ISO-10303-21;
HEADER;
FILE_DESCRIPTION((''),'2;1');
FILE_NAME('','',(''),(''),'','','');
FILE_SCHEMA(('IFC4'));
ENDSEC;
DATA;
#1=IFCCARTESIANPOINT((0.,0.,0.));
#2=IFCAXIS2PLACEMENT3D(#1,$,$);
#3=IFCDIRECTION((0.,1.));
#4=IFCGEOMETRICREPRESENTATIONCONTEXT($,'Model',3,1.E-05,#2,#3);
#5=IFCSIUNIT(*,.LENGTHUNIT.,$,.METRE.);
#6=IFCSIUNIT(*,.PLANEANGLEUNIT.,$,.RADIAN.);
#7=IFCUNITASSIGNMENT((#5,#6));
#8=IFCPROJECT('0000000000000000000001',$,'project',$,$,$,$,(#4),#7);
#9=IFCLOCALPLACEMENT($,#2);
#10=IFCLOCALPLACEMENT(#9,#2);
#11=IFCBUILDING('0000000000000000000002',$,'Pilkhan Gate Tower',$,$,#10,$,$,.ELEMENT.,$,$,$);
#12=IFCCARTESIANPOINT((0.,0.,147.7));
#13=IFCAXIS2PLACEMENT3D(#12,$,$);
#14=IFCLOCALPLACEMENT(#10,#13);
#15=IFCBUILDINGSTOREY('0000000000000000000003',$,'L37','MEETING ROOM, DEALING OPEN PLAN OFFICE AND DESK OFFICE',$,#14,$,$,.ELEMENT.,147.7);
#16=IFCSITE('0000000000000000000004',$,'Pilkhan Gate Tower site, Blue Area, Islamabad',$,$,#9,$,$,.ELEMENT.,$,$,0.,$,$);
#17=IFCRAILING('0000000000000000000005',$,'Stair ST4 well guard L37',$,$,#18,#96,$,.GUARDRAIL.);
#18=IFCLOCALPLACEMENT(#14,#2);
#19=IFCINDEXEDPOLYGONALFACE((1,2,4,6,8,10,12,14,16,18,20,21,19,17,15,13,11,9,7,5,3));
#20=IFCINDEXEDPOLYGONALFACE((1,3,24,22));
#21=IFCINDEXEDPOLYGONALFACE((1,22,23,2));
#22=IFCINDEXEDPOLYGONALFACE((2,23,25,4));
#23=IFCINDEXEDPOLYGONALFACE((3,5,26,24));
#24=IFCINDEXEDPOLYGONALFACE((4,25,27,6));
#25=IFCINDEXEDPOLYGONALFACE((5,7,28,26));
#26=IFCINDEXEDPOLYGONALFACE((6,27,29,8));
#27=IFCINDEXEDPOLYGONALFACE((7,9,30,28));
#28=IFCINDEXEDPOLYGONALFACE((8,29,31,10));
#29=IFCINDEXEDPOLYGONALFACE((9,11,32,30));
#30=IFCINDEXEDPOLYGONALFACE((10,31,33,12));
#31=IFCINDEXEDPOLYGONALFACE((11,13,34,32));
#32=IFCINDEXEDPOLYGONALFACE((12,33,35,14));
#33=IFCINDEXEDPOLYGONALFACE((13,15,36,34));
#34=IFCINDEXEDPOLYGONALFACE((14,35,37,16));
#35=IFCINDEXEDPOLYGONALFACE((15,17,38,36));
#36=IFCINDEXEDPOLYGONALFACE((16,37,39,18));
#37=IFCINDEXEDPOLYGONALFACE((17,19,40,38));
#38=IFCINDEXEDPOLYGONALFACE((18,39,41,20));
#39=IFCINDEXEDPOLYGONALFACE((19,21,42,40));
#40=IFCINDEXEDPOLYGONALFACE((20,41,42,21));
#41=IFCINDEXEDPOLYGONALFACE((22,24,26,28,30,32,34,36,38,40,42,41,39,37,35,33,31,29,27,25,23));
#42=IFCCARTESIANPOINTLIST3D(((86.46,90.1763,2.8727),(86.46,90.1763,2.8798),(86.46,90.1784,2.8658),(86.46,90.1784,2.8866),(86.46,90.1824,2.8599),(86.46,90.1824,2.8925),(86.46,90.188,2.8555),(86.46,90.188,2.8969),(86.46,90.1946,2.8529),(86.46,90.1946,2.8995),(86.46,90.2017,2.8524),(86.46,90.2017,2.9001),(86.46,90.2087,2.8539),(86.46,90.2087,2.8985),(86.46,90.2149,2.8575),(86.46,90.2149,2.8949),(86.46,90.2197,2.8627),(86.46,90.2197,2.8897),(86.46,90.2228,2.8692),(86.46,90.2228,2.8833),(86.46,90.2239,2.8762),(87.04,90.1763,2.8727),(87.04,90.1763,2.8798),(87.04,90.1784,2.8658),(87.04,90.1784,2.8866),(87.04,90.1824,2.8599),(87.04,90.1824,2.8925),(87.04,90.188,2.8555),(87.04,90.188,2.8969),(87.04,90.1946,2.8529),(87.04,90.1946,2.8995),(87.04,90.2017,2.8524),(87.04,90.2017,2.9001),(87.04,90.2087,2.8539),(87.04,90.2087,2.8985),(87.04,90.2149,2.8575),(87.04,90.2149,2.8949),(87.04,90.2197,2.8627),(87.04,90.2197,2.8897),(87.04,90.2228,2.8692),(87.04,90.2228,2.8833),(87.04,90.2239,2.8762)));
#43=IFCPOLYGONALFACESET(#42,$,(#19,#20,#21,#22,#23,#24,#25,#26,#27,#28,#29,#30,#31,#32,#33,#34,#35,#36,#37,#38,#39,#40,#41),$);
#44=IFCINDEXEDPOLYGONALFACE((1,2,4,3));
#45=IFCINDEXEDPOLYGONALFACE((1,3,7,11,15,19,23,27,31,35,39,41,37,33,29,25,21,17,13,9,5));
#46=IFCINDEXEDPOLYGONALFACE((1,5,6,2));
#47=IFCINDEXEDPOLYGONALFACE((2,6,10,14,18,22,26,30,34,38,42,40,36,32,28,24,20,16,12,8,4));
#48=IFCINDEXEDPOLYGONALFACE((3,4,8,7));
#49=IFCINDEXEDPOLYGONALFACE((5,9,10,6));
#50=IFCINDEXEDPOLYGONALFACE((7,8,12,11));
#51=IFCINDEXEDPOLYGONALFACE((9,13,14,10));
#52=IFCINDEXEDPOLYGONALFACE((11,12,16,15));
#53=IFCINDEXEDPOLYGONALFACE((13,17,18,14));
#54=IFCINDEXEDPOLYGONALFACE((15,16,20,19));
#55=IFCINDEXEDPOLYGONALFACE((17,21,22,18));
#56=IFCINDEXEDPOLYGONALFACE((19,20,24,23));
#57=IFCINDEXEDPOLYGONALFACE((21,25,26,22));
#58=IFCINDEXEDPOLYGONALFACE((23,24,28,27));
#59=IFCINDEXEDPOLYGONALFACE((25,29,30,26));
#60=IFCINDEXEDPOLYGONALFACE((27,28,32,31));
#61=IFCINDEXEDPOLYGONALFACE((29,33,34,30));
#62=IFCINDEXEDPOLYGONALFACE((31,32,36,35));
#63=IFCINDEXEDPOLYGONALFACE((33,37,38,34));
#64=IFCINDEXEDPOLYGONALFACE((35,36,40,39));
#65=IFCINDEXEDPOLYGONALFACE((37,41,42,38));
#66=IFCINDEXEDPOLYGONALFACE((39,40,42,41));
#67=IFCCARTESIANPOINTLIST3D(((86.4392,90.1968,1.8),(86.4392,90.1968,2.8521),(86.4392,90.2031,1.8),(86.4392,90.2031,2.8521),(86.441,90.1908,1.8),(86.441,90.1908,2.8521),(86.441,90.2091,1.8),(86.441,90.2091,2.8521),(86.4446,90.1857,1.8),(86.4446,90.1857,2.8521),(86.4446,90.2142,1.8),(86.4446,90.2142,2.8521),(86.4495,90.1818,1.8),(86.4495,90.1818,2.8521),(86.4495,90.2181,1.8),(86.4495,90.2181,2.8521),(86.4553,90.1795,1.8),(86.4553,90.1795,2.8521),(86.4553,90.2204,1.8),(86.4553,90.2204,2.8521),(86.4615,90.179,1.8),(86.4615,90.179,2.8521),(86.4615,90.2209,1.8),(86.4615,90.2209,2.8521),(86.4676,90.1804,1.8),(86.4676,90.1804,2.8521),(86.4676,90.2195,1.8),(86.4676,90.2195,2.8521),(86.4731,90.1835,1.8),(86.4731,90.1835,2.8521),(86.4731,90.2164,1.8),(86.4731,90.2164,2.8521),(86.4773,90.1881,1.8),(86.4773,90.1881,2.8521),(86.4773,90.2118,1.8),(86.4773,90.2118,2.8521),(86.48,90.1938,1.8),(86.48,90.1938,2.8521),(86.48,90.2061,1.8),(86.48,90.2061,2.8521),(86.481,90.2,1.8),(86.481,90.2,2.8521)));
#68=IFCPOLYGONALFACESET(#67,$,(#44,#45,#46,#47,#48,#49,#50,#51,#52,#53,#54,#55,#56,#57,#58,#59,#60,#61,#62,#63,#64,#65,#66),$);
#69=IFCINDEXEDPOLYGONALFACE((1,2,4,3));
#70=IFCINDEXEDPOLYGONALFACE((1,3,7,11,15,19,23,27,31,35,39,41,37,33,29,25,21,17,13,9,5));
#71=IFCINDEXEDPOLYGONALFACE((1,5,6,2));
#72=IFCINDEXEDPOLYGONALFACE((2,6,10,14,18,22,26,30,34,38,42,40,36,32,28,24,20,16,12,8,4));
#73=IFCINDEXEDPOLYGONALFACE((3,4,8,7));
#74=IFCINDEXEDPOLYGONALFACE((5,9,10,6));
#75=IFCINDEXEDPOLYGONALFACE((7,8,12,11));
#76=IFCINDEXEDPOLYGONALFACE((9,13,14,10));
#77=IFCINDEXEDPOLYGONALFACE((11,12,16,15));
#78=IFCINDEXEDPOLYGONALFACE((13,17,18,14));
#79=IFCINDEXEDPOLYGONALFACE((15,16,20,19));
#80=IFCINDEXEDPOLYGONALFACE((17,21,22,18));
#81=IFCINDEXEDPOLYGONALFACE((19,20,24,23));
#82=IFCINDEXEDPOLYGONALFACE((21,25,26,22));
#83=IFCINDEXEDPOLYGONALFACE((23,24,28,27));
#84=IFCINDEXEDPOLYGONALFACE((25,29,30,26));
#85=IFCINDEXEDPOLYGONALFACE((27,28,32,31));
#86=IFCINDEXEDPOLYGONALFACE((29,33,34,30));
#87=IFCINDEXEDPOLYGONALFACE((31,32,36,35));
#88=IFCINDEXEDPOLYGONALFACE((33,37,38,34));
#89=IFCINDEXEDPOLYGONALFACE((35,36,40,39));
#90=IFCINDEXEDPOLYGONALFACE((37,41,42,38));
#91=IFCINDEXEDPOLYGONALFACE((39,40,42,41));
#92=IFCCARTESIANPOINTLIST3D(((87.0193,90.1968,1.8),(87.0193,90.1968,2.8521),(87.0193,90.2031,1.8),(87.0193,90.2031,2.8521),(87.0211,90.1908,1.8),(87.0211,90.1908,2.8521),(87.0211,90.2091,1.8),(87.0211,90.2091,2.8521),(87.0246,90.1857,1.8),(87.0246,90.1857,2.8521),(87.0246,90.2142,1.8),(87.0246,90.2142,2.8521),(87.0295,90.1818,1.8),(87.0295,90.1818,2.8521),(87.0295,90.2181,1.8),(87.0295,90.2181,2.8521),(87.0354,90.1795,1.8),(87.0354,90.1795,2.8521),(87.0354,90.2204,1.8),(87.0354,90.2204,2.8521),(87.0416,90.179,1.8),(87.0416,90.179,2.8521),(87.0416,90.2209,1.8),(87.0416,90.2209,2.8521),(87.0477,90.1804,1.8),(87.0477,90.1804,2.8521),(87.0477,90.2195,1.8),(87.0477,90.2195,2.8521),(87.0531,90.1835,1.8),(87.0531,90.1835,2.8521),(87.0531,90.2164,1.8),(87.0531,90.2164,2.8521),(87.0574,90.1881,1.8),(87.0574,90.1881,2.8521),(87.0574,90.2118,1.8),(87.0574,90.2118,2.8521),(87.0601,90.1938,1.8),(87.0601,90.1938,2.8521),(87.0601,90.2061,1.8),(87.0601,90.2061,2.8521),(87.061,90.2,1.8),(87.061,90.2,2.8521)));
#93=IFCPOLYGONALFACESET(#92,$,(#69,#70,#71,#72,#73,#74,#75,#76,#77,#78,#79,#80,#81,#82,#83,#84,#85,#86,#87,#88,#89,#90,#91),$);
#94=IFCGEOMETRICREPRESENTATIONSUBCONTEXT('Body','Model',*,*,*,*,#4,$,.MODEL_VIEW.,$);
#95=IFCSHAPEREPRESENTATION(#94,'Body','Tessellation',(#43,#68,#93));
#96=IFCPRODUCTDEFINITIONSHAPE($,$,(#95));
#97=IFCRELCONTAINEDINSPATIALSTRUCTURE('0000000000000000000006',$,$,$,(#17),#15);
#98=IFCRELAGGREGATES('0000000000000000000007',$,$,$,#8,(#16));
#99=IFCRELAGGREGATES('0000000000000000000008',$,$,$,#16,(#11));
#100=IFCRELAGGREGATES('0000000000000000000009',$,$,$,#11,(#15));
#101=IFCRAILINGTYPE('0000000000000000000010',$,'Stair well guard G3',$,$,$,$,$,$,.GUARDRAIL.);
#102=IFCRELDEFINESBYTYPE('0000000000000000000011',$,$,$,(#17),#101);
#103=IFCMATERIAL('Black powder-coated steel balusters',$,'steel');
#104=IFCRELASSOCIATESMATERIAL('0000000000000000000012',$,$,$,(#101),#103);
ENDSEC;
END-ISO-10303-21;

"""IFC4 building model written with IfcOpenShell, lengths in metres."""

from ifc_helpers import new_model, si_unit, direction, frame, origin, origin_2d, place, context, subcontext, project, spatial, circle, extrude, material, type_object, element, save


model = new_model("IFC4")

# Units and contexts
model_context = context("Model", 3, precision=1e-05, world=origin(), true_north=direction((0.0, 1.0)))
body_context = subcontext(model_context, "Body", "Model", "MODEL_VIEW")
ifc_project = project(units=[si_unit("LENGTHUNIT", "METRE"), si_unit("PLANEANGLEUNIT", "RADIAN")], contexts=[model_context])

# Site, building, storey
site_placement = place(None, origin())
site = spatial("IfcSite", under=ifc_project, at=site_placement, Name="Pilkhan Gate Tower site, Blue Area, Islamabad", CompositionType="ELEMENT", RefElevation=0.0)
building_placement = place(site_placement, origin())
building = spatial("IfcBuilding", under=site, at=building_placement, Name="Pilkhan Gate Tower", CompositionType="ELEMENT")
storey_placement = place(building_placement, frame((0.0, 0.0, 147.7)))
storey = spatial("IfcBuildingStorey", under=building, at=storey_placement, Name="L37", Description="MEETING ROOM, DEALING OPEN PLAN OFFICE AND DESK OFFICE", CompositionType="ELEMENT", Elevation=147.7)

# Railing
ifc_material_1 = material(Name="Black powder-coated steel balusters", Category="steel")
railing_type_1 = type_object("IfcRailingType", Name="Stair well guard G3", PredefinedType="GUARDRAIL", material=ifc_material_1)
for number, where, name in (
    (1, (86.46, 90.2, 1.8), "Stair ST4 well guard L37"),
):
    element("IfcRailing", number, at=place(storey_placement, frame(where)), inside=storey, type_object=railing_type_1, Name=name, PredefinedType="GUARDRAIL", context=body_context, shape_type="SweptSolid", body=[
        extrude(circle(Radius=0.0239, at=origin_2d()), frame((0.0, 0.0, 1.0762), z_axis=(1.0, 0.0, 0.0), x_axis=(0.0, 1.0, 0.0)), (0.0, 0.0, 1.0), 0.5801),
        extrude(circle(Radius=0.021, at=origin_2d()), origin(), (0.0, 0.0, 1.0), 1.052),
        extrude(circle(Radius=0.021, at=origin_2d()), frame((0.5801, 0.0, 0.0)), (0.0, 0.0, 1.0), 1.052),
    ])

save(model, "model.ifc")
